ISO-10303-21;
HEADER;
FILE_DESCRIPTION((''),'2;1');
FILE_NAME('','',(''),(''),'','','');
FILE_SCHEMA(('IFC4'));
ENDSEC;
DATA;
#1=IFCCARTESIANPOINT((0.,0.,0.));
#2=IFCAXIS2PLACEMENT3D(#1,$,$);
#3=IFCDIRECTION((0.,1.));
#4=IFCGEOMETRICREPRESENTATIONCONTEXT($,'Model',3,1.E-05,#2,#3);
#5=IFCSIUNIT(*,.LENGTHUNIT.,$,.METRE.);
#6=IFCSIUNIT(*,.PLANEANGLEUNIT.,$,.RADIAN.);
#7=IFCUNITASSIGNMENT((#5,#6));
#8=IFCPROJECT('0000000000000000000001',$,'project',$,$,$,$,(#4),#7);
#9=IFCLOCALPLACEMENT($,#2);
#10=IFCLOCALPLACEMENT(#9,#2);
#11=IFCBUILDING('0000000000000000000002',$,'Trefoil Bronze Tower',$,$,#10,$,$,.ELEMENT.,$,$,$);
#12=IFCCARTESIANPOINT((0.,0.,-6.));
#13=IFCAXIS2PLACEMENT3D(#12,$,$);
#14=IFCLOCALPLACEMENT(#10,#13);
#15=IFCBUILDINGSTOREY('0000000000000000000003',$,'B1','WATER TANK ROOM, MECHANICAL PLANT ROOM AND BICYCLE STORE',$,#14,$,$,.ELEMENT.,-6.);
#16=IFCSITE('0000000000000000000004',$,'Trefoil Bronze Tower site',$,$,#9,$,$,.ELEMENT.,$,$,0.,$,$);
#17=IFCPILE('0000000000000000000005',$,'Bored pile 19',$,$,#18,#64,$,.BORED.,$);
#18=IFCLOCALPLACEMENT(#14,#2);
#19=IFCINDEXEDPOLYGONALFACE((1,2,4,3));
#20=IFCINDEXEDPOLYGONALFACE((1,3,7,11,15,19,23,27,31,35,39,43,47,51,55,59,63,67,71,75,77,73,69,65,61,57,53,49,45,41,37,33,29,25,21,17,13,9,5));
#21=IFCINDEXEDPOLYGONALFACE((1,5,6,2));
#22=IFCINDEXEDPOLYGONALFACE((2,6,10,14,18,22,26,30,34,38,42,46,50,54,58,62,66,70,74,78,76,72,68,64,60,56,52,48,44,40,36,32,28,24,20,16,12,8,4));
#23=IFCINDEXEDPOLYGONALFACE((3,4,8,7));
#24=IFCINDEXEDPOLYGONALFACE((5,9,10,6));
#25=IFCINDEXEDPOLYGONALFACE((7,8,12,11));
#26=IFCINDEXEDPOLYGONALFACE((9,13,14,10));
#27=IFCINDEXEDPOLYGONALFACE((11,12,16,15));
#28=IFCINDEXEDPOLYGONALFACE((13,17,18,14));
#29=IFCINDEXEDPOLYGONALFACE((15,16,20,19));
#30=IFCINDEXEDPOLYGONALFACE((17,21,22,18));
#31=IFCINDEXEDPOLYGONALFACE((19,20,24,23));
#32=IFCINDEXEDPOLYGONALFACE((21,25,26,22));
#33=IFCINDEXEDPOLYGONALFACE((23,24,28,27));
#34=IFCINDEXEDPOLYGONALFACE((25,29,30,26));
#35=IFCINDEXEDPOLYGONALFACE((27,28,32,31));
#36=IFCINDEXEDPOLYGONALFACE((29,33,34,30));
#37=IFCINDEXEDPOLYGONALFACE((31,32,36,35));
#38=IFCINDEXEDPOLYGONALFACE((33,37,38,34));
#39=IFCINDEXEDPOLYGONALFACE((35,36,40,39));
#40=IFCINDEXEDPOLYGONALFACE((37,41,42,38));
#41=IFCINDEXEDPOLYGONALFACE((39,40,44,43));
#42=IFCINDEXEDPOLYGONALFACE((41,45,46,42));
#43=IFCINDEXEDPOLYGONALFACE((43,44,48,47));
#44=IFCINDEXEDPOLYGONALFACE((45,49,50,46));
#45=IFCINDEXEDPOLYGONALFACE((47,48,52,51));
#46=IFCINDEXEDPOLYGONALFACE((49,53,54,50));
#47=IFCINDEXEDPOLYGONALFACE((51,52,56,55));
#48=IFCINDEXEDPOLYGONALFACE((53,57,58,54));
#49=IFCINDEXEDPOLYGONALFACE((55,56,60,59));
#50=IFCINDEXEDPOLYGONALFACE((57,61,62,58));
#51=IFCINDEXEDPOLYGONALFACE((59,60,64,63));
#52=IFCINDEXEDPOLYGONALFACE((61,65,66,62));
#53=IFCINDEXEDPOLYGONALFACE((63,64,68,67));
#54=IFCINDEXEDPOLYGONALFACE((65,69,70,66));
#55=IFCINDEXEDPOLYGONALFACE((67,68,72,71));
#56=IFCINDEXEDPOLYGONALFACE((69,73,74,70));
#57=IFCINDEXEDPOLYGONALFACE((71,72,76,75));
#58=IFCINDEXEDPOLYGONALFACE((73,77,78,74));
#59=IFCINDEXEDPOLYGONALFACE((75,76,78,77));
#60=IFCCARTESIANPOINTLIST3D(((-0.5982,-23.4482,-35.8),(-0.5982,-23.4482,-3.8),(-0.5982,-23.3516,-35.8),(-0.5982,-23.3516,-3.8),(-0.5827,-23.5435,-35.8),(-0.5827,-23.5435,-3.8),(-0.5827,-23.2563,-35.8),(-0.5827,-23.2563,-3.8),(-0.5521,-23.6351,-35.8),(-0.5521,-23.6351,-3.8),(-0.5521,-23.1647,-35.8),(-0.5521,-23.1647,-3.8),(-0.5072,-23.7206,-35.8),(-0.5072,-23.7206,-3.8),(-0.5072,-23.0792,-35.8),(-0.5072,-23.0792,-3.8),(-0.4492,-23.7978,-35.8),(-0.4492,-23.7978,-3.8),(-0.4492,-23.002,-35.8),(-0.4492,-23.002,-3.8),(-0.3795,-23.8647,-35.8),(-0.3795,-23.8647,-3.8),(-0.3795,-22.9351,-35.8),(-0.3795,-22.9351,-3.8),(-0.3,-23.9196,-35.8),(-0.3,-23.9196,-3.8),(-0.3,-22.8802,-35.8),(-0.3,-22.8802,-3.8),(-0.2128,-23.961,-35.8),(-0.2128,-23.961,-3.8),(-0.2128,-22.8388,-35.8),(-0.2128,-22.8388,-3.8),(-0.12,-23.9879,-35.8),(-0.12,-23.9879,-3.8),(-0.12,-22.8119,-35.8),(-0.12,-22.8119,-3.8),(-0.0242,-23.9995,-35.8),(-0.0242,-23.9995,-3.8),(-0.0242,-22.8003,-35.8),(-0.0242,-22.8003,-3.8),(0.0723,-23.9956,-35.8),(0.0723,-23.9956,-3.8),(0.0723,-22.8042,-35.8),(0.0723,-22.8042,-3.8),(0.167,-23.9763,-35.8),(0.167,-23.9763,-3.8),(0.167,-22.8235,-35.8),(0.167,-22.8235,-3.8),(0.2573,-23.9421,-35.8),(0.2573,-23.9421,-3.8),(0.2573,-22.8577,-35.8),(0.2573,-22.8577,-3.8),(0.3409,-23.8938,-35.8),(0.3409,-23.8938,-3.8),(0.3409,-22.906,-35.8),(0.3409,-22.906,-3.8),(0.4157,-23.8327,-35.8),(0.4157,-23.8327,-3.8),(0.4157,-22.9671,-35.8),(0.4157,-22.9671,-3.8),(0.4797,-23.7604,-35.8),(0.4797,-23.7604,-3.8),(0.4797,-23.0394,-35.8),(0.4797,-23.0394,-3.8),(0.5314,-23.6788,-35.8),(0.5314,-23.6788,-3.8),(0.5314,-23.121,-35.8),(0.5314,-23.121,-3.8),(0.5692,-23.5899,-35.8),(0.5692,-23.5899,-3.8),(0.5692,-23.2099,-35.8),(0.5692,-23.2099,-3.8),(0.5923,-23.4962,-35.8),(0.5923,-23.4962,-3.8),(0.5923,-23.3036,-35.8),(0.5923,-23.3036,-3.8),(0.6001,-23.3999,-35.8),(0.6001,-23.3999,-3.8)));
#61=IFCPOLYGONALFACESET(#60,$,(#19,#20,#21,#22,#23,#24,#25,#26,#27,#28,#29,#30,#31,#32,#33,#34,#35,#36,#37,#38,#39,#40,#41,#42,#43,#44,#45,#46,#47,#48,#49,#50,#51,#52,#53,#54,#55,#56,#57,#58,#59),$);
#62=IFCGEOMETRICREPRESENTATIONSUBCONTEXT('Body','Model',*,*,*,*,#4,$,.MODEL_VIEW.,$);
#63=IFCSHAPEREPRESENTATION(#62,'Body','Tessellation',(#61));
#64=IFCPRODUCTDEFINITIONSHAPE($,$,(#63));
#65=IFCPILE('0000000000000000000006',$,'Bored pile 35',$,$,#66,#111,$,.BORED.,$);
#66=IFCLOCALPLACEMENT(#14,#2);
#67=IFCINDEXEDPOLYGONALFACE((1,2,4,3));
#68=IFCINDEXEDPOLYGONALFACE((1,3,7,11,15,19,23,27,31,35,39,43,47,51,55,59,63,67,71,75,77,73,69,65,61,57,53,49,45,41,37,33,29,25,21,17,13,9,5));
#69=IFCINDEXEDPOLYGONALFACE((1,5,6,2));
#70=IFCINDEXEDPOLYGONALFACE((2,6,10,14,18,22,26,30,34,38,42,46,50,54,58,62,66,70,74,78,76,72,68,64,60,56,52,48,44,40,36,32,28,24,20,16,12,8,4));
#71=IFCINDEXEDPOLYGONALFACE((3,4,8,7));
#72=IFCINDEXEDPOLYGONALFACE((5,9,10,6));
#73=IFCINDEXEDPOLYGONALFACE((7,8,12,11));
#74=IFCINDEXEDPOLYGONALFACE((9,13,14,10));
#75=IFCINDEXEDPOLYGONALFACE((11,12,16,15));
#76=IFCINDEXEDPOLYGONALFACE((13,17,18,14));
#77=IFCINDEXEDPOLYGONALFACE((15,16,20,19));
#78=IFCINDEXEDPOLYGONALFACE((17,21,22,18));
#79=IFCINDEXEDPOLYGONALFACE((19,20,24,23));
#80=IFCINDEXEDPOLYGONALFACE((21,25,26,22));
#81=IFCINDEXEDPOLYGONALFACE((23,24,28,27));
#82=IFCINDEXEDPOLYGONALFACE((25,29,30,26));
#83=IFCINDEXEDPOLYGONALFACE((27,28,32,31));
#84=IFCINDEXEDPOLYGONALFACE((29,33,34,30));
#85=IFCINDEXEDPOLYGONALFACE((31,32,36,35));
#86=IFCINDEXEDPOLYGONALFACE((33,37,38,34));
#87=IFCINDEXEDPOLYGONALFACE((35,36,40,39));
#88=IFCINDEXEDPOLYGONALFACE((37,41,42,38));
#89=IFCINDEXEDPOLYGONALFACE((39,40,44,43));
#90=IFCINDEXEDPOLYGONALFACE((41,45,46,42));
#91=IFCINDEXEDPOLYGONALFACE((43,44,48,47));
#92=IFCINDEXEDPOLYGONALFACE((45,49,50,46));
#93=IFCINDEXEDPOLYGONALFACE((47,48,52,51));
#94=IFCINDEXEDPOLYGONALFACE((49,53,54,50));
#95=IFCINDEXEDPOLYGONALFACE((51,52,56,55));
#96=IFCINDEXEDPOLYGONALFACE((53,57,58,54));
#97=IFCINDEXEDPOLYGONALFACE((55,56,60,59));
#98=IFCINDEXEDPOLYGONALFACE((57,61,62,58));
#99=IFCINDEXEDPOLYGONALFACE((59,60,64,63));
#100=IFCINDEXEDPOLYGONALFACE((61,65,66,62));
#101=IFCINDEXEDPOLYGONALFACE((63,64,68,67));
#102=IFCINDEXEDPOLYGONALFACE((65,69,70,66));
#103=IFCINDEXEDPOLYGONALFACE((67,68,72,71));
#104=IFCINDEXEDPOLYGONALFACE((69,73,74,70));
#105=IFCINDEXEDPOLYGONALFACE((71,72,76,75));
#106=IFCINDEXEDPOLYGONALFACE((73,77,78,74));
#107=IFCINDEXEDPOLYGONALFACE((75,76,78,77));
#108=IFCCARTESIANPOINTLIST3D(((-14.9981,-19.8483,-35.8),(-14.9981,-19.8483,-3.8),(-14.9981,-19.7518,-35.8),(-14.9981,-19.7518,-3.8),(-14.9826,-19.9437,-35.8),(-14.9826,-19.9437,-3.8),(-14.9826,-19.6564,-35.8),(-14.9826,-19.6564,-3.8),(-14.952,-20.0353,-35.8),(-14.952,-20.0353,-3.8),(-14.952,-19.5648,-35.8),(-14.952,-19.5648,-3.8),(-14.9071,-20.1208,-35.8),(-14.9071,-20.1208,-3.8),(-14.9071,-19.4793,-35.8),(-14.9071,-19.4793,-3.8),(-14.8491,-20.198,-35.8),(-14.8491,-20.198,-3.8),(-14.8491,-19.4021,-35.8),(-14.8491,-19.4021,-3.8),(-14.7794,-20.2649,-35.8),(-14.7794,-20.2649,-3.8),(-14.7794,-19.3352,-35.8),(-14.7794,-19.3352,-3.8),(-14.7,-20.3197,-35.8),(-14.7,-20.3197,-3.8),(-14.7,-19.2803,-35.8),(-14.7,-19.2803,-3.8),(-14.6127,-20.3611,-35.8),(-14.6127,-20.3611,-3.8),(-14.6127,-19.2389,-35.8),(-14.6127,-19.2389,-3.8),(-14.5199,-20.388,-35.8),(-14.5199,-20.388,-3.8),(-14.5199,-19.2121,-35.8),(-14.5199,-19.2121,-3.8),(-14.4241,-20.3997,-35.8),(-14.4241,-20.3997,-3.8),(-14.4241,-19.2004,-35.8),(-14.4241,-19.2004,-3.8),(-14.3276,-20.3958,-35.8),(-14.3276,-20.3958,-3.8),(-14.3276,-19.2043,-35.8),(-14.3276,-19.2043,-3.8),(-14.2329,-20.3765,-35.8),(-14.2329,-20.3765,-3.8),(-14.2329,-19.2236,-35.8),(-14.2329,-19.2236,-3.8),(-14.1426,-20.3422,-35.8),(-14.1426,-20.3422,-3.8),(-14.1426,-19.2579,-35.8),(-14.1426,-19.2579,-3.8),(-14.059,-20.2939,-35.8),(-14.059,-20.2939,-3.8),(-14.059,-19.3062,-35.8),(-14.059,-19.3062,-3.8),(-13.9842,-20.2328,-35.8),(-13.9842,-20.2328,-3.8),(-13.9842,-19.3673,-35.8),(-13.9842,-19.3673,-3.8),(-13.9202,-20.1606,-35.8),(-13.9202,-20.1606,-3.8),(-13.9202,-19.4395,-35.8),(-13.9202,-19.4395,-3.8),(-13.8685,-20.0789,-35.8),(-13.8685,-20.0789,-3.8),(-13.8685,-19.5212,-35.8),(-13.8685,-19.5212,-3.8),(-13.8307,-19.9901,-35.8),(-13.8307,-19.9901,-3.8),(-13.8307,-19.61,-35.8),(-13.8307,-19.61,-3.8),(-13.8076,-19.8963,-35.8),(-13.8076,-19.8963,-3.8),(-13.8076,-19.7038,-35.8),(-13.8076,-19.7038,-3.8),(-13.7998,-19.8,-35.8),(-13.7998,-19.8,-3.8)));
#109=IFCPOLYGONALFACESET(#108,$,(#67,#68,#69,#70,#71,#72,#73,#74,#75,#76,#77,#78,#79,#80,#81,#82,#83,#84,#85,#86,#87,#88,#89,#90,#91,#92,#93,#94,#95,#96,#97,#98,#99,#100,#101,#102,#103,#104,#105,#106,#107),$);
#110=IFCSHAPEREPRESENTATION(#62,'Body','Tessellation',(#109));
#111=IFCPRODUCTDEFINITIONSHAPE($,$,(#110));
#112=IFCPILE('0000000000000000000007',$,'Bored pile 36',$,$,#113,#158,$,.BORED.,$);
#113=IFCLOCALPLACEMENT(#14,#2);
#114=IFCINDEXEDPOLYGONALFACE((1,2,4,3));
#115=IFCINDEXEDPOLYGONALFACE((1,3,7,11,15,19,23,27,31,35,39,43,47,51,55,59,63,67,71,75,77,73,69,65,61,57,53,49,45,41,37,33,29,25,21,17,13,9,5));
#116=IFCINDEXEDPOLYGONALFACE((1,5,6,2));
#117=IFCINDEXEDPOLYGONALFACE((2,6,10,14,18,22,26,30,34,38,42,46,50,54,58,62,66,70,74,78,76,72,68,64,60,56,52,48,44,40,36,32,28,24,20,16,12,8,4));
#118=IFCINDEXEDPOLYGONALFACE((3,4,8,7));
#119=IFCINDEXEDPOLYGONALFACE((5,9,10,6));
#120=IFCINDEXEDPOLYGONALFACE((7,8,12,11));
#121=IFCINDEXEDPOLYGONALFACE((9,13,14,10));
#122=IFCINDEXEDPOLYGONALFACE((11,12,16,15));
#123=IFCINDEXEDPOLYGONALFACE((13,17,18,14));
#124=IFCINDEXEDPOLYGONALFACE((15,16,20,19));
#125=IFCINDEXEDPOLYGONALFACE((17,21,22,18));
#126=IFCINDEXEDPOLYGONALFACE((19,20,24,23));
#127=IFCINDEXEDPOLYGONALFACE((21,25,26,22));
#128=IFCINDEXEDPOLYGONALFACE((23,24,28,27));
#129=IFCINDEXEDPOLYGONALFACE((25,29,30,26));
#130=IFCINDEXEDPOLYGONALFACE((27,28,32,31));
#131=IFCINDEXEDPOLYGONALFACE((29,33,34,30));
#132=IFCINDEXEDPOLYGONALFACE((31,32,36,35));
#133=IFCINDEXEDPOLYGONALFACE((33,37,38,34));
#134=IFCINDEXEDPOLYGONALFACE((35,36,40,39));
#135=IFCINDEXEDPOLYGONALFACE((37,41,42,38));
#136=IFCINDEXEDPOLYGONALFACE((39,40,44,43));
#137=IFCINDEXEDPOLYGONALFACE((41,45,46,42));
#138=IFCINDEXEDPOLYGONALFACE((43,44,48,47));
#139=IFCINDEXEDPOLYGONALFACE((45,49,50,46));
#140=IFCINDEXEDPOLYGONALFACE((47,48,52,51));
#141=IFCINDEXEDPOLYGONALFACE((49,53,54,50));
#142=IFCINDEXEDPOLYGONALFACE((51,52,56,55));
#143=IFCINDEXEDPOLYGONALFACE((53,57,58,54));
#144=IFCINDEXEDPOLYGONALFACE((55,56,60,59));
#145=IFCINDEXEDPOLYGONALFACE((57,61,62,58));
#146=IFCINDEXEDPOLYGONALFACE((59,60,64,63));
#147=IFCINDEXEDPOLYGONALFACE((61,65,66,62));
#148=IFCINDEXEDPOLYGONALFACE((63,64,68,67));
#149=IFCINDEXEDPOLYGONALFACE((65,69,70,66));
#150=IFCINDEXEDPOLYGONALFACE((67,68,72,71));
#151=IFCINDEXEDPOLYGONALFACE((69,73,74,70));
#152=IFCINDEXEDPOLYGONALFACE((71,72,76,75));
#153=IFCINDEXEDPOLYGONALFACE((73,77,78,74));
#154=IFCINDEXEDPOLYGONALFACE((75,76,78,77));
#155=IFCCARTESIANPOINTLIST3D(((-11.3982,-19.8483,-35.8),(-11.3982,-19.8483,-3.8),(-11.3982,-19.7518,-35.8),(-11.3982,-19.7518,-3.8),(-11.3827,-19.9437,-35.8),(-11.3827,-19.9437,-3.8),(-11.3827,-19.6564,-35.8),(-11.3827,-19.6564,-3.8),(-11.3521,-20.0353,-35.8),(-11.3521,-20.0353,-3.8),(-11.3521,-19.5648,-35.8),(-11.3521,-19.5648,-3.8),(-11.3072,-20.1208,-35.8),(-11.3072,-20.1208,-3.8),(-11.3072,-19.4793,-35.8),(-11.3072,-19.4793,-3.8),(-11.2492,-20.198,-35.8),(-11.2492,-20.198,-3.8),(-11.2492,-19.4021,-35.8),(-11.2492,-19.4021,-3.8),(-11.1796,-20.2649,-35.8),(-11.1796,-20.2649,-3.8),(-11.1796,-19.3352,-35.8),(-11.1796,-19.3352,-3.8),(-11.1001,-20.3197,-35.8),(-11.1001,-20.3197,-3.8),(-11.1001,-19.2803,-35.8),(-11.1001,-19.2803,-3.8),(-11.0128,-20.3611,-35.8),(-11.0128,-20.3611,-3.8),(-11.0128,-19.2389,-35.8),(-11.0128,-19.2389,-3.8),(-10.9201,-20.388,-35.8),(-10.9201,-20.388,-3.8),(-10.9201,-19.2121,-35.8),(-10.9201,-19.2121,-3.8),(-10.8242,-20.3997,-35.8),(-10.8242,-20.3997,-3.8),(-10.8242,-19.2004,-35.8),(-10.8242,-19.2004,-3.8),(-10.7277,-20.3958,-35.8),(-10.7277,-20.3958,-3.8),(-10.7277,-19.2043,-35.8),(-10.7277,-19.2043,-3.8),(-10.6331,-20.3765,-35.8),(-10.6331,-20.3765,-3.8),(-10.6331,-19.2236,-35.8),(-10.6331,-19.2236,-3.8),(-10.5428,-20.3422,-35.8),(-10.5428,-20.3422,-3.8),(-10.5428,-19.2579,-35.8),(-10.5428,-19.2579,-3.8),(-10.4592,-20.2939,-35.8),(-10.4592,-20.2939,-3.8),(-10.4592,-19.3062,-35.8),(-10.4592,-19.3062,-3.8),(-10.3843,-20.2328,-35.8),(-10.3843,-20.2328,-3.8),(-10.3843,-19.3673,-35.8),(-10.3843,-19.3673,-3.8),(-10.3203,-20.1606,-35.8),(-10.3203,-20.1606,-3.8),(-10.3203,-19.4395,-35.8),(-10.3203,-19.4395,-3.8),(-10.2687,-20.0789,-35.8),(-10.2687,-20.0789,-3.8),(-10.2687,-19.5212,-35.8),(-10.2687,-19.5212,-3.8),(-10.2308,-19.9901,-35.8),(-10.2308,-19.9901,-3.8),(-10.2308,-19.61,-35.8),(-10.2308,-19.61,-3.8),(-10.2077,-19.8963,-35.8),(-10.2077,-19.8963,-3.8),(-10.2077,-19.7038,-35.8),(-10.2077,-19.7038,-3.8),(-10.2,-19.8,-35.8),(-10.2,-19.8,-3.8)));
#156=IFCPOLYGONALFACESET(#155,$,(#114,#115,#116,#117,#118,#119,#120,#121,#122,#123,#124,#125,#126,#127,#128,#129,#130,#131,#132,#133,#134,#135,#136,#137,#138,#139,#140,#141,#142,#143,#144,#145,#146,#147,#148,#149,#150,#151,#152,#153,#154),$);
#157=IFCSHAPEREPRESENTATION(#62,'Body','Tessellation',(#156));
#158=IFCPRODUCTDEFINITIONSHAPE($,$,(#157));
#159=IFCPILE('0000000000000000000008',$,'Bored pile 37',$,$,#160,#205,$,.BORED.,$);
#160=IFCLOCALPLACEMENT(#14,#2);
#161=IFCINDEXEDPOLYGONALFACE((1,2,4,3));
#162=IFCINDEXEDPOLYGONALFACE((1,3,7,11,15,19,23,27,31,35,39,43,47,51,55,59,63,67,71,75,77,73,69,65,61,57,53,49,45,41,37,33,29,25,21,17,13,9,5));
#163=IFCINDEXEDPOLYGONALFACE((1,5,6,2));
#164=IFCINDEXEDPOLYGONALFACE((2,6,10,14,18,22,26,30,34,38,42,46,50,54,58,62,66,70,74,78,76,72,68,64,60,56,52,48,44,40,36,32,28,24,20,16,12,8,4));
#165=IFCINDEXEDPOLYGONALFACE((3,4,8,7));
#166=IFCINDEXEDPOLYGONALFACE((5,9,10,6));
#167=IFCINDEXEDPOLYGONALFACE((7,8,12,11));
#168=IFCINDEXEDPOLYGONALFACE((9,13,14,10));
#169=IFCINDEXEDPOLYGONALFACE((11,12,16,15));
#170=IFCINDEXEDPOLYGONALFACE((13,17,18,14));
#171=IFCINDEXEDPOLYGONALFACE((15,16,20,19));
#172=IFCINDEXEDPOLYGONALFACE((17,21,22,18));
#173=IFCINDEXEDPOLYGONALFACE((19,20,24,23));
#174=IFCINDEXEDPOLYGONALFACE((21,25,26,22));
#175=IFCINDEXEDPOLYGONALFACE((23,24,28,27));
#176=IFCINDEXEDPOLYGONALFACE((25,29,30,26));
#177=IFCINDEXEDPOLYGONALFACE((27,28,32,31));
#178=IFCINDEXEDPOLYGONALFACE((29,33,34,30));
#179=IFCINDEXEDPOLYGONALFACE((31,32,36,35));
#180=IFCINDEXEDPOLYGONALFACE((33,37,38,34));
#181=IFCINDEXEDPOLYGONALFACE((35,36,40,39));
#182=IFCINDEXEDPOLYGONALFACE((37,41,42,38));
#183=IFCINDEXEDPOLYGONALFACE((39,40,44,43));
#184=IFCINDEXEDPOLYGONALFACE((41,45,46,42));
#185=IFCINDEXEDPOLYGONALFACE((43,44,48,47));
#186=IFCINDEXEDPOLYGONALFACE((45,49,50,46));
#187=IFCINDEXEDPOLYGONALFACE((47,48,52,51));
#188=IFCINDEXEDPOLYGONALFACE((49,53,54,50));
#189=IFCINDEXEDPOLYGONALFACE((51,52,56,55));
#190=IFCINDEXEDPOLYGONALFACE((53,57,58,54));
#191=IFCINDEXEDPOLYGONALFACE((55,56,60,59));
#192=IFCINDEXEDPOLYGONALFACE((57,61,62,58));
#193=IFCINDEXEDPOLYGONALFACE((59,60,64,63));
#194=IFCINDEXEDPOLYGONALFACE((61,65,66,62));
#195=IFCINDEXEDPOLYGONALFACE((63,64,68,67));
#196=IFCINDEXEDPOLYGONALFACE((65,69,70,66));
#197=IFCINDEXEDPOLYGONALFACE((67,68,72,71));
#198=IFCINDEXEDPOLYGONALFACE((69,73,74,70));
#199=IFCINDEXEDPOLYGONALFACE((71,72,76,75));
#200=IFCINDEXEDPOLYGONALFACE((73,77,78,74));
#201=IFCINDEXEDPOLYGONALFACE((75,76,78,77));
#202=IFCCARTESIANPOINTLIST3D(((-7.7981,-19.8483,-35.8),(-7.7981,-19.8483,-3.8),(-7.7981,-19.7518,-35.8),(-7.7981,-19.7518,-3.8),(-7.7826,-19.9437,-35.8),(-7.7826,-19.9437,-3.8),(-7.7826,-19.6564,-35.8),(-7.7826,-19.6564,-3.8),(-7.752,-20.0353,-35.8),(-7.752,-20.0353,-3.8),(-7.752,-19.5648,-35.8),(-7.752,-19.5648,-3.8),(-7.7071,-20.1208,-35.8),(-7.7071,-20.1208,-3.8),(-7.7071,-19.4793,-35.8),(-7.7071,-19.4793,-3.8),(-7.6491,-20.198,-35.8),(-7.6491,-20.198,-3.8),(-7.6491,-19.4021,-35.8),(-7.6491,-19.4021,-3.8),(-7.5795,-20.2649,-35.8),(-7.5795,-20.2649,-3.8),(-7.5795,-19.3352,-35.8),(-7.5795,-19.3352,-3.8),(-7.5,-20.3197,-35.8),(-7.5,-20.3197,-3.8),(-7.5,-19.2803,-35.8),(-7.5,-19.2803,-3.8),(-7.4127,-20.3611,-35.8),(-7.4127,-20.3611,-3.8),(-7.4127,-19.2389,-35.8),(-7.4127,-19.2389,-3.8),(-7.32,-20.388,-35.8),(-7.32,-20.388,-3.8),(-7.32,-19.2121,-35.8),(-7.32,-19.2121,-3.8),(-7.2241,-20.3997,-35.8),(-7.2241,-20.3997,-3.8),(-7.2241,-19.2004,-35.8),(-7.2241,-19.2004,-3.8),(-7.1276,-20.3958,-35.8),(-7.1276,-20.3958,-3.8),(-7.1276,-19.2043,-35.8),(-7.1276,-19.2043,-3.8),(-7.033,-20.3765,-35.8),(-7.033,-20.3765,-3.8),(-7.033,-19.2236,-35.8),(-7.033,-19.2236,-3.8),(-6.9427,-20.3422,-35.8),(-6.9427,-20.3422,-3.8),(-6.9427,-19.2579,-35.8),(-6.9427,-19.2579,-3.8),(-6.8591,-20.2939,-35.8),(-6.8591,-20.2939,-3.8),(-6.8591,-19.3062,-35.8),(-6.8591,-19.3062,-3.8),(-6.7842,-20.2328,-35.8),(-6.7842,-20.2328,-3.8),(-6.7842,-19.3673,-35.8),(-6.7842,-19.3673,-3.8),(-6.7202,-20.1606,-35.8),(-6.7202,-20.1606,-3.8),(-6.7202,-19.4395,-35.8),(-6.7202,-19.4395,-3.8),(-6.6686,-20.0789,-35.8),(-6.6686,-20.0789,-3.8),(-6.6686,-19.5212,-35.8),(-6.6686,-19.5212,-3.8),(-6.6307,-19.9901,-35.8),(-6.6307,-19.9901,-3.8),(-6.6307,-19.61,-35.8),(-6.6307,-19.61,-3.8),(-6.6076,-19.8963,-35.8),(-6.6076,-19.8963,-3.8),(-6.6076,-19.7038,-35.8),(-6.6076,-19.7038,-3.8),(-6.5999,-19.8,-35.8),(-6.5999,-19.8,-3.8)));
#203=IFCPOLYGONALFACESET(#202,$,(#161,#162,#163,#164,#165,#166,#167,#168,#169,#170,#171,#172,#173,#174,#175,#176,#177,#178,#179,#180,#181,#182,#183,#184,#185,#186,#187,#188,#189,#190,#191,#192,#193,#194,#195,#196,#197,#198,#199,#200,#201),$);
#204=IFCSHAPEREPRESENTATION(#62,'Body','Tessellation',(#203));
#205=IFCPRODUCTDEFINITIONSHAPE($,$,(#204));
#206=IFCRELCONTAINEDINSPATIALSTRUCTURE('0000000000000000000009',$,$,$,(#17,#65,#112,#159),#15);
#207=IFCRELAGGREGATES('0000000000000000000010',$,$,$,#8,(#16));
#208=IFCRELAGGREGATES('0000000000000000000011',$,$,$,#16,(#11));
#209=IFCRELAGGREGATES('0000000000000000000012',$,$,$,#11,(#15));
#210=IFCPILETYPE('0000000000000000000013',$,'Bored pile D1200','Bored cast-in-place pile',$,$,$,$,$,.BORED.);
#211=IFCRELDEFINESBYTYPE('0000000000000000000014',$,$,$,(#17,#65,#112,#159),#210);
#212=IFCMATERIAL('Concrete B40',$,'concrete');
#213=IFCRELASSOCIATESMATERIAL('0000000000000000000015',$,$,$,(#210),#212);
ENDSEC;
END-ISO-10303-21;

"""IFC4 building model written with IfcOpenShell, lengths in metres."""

from ifc_helpers import new_model, si_unit, direction, frame, origin, origin_2d, place, context, subcontext, project, spatial, circle, extrude, material, type_object, element, save


model = new_model("IFC4")

# Units and contexts
model_context = context("Model", 3, precision=1e-05, world=origin(), true_north=direction((0.0, 1.0)))
body_context = subcontext(model_context, "Body", "Model", "MODEL_VIEW")
ifc_project = project(units=[si_unit("LENGTHUNIT", "METRE"), si_unit("PLANEANGLEUNIT", "RADIAN")], contexts=[model_context])

# Site, building, storey
site_placement = place(None, origin())
site = spatial("IfcSite", under=ifc_project, at=site_placement, Name="Trefoil Bronze Tower site", CompositionType="ELEMENT", RefElevation=0.0)
building_placement = place(site_placement, origin())
building = spatial("IfcBuilding", under=site, at=building_placement, Name="Trefoil Bronze Tower", CompositionType="ELEMENT")
storey_placement = place(building_placement, frame((0.0, 0.0, -6.0)))
storey = spatial("IfcBuildingStorey", under=building, at=storey_placement, Name="B1", Description="WATER TANK ROOM, MECHANICAL PLANT ROOM AND BICYCLE STORE", CompositionType="ELEMENT", Elevation=-6.0)

# Piles
ifc_material_1 = material(Name="Concrete B40", Category="concrete")
pile_type = type_object("IfcPileType", Name="Bored pile D1200", Description="Bored cast-in-place pile", PredefinedType="BORED", material=ifc_material_1)
for number, where, z_axis, x_axis, name in (
    (1, (0.0, -23.3999, -3.8), (0.0, 0.0, -1.0), (1.0, 0.0, 0.0), "Bored pile 19"),
    (2, (-14.3999, -19.8, -3.8), (0.0, 0.0, -1.0), (1.0, 0.0, 0.0), "Bored pile 35"),
    (3, (-10.8, -19.8, -3.8), (0.0, 0.0, -1.0), (1.0, 0.0, 0.0), "Bored pile 36"),
    (4, (-7.2, -19.8, -3.8), (0.0, 0.0, -1.0), (1.0, 0.0, 0.0), "Bored pile 37"),
):
    element("IfcPile", number, at=place(storey_placement, frame(where, z_axis=z_axis, x_axis=x_axis)), inside=storey, type_object=pile_type, Name=name, PredefinedType="BORED", context=body_context, shape_type="SweptSolid", body=[
        extrude(circle(Radius=0.6001, at=origin_2d()), origin(), (0.0, 0.0, 1.0), 32.0),
    ])

save(model, "model.ifc")
